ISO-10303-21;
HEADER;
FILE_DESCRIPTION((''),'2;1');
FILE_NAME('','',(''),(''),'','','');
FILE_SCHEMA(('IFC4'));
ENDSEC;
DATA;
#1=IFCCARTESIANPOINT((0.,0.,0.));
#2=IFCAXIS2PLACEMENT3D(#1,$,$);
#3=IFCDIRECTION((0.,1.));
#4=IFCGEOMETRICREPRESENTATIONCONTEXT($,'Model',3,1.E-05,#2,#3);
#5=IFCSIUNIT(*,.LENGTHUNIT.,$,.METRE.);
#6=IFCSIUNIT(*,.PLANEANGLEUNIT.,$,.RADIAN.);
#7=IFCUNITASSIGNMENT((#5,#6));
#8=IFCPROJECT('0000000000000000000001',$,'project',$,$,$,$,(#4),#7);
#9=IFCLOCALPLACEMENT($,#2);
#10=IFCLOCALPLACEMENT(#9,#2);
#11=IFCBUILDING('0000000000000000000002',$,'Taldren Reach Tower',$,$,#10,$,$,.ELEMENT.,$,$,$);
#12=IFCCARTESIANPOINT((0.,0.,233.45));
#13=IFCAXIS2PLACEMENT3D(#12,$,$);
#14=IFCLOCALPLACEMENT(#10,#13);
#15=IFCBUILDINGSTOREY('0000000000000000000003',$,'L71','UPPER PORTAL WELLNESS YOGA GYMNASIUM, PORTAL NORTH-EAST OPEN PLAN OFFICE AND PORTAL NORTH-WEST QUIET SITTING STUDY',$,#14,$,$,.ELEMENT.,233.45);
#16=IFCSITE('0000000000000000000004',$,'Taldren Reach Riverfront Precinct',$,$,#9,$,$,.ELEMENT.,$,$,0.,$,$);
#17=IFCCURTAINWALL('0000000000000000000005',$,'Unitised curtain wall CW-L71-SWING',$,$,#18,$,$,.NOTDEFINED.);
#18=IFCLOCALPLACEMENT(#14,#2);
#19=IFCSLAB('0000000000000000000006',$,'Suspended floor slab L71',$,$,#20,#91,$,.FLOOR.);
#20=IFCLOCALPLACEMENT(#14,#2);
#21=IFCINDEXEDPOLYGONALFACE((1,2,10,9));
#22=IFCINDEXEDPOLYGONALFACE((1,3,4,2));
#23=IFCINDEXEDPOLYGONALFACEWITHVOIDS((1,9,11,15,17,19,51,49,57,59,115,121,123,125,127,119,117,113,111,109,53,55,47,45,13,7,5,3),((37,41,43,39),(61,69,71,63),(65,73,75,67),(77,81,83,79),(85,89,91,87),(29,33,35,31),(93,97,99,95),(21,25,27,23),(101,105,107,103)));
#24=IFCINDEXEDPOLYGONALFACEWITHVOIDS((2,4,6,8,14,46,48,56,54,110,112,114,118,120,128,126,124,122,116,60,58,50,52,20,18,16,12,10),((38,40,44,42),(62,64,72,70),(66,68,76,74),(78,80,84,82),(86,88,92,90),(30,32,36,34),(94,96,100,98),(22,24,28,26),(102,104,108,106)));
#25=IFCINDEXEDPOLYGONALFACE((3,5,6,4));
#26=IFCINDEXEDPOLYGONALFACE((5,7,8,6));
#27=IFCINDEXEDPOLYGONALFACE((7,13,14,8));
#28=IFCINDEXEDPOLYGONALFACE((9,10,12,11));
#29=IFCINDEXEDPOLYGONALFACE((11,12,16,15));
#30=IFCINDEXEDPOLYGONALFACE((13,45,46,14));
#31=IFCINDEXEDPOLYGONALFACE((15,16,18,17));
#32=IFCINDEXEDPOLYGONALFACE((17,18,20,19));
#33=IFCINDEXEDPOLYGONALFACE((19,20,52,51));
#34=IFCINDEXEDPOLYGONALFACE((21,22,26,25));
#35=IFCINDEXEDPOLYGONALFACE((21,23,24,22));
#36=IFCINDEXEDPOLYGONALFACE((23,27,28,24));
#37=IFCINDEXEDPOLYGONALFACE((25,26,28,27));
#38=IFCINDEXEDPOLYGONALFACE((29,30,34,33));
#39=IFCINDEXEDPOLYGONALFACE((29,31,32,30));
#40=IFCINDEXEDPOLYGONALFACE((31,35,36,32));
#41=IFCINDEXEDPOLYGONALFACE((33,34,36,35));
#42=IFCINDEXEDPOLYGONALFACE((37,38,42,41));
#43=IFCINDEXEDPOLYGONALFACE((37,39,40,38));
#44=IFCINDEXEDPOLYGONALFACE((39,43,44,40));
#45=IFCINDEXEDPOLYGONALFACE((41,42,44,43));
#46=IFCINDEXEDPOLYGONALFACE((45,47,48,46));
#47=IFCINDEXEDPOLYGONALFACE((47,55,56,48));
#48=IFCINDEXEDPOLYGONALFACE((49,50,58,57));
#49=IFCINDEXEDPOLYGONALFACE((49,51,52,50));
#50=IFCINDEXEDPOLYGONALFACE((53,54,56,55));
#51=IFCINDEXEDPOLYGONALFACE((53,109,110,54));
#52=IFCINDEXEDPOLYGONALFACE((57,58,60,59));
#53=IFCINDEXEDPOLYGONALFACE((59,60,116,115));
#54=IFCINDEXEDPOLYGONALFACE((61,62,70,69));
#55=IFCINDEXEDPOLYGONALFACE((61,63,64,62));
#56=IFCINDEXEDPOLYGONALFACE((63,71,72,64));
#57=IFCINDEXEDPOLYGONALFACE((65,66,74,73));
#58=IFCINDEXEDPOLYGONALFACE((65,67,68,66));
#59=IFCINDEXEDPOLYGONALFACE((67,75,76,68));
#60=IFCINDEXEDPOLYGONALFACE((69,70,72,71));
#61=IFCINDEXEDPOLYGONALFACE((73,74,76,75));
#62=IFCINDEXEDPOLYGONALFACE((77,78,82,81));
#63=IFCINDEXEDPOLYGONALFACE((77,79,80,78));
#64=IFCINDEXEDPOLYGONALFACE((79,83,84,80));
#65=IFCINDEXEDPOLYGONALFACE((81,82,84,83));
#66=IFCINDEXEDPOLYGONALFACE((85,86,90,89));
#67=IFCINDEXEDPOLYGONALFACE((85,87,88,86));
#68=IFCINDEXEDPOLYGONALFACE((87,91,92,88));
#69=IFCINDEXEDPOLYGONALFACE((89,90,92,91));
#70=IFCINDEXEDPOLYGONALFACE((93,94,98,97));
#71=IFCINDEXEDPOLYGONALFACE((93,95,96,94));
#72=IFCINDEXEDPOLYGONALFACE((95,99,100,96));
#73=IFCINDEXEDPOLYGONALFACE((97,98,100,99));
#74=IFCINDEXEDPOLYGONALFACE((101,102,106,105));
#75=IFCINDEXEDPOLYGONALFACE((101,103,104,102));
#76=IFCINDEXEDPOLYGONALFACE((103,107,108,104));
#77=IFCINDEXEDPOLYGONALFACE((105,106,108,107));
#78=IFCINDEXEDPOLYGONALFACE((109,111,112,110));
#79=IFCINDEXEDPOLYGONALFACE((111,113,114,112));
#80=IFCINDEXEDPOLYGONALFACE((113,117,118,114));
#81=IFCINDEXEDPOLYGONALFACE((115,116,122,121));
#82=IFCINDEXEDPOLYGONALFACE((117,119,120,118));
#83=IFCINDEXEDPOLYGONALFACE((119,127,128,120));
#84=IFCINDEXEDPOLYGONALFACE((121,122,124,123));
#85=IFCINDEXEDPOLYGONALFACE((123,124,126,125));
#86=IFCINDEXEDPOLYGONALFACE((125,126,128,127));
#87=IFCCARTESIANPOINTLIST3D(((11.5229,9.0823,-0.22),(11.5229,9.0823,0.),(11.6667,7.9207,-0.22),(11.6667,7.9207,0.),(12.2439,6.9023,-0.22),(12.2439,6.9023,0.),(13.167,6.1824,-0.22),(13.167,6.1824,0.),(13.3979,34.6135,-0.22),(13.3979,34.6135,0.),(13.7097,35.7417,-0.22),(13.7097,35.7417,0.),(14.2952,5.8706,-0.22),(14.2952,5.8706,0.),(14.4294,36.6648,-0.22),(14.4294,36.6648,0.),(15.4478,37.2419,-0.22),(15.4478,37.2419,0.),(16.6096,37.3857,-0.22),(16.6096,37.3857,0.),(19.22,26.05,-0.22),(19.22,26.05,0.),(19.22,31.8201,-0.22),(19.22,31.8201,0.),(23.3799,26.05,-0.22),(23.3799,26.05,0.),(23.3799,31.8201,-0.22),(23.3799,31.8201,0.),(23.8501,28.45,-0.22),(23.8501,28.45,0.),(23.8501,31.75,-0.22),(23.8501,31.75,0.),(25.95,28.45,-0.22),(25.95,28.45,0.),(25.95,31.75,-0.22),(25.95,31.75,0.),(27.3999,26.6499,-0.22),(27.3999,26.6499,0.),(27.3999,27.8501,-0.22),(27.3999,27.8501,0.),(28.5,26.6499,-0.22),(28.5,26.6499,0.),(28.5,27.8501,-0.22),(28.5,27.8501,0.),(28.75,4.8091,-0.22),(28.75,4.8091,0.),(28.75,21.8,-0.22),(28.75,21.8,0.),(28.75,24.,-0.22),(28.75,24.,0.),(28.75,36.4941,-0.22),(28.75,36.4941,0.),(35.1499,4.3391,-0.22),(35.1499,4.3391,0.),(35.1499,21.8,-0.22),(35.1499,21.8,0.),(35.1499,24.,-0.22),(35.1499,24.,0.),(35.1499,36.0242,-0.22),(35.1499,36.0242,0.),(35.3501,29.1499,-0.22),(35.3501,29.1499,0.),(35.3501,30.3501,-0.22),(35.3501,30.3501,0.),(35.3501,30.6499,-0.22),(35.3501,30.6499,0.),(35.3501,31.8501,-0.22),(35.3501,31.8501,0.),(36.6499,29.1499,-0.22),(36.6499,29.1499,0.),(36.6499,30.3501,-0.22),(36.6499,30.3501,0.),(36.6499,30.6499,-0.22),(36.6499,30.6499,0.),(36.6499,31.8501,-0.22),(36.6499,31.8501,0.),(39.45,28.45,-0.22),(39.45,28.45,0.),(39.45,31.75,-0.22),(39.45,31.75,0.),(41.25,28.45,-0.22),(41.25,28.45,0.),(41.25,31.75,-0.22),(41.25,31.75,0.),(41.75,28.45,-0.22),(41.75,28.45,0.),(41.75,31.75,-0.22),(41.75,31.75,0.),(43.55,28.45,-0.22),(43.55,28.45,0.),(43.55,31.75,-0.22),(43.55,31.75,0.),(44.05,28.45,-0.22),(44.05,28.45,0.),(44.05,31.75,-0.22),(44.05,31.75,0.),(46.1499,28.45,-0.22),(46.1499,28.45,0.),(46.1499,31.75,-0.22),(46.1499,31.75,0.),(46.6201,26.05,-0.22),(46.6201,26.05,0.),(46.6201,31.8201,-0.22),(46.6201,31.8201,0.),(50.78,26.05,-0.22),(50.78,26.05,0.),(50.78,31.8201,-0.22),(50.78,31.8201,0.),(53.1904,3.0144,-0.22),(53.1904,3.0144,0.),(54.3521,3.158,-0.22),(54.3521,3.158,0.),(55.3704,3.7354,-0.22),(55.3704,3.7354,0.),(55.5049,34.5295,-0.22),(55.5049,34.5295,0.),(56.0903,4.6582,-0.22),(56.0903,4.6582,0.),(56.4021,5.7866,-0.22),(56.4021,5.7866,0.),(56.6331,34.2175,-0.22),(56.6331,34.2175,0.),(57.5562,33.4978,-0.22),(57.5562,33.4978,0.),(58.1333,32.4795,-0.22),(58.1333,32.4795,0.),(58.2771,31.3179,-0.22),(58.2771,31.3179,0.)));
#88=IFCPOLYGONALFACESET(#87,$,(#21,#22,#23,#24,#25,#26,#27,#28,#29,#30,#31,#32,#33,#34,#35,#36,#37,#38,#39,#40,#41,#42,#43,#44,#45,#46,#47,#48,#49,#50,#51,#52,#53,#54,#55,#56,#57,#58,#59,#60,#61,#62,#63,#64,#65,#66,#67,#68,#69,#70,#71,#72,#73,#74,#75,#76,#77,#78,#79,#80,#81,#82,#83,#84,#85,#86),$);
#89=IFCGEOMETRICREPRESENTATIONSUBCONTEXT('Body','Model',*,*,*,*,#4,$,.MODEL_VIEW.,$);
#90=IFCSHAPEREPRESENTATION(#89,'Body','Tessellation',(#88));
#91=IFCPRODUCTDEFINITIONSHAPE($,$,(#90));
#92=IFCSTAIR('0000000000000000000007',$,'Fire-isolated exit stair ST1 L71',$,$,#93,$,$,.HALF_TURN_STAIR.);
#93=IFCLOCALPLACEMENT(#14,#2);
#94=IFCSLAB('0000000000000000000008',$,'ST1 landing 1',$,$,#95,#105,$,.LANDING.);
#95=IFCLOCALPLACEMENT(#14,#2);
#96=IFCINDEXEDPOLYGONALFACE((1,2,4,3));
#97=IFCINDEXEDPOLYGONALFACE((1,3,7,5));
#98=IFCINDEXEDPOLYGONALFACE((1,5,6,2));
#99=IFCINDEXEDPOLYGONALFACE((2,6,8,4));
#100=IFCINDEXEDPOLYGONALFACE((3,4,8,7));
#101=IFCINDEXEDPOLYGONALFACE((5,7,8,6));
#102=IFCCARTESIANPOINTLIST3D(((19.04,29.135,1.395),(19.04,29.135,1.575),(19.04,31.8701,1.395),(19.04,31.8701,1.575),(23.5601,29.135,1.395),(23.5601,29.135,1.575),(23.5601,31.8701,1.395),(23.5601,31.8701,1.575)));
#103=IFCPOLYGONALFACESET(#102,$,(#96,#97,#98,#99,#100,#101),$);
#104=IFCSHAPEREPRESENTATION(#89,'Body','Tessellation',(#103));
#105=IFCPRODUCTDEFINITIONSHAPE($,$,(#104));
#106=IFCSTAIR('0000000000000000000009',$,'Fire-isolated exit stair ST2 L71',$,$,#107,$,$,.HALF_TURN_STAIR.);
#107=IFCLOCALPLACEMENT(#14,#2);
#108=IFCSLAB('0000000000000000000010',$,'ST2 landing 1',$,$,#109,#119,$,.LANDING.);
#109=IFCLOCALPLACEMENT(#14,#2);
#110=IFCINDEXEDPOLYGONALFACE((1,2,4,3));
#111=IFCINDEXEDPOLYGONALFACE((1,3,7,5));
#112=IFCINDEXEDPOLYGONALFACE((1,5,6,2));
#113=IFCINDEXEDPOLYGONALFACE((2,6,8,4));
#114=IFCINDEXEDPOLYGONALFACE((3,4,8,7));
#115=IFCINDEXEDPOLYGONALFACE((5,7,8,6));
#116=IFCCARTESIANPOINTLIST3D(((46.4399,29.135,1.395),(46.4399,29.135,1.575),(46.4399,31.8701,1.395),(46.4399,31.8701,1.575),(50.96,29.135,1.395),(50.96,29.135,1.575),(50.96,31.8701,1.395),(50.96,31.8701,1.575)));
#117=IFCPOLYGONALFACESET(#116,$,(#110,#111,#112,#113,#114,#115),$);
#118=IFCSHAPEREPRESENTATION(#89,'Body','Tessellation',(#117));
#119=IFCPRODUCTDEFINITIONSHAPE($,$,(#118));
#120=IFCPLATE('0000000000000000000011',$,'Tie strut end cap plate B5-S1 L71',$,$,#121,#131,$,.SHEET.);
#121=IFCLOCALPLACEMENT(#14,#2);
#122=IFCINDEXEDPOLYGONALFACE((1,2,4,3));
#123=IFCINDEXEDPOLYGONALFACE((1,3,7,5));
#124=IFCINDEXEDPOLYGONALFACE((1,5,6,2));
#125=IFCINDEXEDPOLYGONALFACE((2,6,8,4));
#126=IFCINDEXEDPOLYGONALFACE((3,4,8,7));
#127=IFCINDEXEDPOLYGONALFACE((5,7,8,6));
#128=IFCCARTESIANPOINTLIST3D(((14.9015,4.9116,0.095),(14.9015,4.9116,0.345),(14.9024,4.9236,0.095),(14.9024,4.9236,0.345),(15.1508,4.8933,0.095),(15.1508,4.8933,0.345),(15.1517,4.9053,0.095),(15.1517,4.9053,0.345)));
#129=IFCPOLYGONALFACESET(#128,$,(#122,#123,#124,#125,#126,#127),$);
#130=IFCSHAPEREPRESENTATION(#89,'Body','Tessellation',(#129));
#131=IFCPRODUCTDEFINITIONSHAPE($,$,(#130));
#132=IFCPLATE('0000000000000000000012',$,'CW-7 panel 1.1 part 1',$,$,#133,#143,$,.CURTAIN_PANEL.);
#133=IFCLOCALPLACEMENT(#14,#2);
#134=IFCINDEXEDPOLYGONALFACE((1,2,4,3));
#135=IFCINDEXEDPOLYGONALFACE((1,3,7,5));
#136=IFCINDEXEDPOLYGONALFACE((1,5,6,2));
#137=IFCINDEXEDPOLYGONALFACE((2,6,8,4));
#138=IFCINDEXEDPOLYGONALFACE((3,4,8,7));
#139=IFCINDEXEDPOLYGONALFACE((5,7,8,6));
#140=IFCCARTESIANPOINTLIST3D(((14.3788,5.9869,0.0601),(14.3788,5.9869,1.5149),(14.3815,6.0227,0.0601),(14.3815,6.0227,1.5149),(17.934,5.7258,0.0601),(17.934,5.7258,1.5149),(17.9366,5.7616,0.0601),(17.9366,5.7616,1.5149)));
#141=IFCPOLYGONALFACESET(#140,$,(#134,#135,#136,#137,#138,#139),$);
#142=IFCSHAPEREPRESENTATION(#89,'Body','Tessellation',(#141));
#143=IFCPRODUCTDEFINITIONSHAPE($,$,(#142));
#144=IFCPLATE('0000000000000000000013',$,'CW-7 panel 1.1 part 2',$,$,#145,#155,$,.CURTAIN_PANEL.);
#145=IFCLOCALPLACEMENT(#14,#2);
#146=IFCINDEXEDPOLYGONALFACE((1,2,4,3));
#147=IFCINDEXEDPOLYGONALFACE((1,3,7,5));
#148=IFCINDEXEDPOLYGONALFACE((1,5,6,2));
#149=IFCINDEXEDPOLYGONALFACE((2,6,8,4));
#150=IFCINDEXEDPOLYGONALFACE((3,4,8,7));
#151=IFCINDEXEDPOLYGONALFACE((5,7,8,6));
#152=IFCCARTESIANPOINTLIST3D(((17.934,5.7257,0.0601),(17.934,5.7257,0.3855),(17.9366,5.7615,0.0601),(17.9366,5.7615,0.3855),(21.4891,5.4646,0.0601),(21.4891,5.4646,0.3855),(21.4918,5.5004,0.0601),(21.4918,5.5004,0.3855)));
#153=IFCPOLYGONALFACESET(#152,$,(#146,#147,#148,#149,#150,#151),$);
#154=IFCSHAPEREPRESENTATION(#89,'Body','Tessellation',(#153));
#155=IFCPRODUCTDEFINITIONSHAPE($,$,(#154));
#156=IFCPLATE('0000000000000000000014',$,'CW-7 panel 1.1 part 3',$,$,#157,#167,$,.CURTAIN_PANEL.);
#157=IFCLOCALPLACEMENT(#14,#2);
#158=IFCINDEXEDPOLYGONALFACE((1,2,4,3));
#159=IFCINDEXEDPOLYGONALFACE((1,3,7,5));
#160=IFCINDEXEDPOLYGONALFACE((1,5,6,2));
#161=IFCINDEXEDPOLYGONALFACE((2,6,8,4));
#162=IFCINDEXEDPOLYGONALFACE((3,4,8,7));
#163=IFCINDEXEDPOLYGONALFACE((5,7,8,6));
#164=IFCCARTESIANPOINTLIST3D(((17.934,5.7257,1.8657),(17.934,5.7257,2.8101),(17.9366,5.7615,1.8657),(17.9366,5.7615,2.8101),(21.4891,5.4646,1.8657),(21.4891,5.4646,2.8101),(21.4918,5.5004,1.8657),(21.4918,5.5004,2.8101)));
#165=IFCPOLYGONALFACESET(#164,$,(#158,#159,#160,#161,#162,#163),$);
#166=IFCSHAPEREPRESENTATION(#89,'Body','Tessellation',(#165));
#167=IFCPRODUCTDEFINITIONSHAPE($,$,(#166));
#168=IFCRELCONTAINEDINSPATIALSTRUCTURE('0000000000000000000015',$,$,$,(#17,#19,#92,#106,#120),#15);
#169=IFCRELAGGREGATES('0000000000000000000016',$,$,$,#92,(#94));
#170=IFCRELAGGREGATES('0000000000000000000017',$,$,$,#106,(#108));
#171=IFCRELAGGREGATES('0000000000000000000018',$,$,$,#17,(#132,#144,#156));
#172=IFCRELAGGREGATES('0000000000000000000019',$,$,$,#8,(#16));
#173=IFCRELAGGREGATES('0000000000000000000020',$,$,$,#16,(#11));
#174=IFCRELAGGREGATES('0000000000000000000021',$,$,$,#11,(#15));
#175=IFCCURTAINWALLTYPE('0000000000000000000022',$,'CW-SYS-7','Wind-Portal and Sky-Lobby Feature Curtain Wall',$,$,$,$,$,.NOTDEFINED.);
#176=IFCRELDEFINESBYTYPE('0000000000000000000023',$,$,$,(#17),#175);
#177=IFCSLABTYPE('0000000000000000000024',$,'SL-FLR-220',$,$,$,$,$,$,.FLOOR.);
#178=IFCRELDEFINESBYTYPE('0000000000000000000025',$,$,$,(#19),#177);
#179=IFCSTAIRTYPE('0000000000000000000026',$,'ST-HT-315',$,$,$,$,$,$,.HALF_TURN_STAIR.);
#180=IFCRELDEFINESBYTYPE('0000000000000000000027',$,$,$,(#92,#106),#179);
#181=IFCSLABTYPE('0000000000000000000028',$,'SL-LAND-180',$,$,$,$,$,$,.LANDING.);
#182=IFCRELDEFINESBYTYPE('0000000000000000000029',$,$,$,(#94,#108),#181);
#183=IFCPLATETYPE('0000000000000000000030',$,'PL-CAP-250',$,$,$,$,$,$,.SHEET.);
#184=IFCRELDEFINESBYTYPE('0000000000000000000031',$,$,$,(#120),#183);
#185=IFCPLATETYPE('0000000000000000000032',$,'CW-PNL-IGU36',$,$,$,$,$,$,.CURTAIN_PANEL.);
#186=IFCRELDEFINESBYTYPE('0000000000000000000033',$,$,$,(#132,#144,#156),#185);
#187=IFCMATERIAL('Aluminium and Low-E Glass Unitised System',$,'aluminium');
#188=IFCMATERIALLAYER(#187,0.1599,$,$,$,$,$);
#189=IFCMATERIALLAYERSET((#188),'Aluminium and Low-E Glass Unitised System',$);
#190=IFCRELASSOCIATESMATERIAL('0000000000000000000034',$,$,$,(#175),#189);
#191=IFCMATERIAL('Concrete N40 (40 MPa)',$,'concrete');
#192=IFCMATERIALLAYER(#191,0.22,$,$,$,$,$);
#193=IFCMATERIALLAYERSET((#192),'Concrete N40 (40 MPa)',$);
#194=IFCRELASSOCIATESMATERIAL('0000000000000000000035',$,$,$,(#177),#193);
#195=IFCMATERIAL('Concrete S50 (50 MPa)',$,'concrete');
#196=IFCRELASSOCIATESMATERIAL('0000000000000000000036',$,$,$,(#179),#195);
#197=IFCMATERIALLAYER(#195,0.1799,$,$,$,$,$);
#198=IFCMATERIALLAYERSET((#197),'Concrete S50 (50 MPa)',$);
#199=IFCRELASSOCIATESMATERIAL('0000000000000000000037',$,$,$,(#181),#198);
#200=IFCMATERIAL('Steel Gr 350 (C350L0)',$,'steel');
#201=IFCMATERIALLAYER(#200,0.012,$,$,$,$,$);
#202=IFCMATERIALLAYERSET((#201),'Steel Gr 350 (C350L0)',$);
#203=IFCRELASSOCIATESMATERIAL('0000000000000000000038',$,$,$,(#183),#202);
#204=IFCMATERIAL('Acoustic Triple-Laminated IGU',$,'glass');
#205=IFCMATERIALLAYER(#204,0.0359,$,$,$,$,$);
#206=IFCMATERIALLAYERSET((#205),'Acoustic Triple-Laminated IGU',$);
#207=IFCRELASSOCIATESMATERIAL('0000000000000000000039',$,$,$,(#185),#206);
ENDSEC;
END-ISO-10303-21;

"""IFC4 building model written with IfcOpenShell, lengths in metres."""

from ifc_helpers import new_model, si_unit, direction, frame, origin, origin_2d, place, context, subcontext, project, spatial, polyline, rectangle, outline, extrude, source, transform, mapped, material, layer, layer_set, type_object, element, aggregate, save


model = new_model("IFC4")

# Units and contexts
model_context = context("Model", 3, precision=1e-05, world=origin(), true_north=direction((0.0, 1.0)))
body_context = subcontext(model_context, "Body", "Model", "MODEL_VIEW")
ifc_project = project(units=[si_unit("LENGTHUNIT", "METRE"), si_unit("PLANEANGLEUNIT", "RADIAN")], contexts=[model_context])

# Site, building, storey
site_placement = place(None, origin())
site = spatial("IfcSite", under=ifc_project, at=site_placement, Name="Taldren Reach Riverfront Precinct", CompositionType="ELEMENT", RefElevation=0.0)
building_placement = place(site_placement, origin())
building = spatial("IfcBuilding", under=site, at=building_placement, Name="Taldren Reach Tower", CompositionType="ELEMENT")
storey_placement = place(building_placement, frame((0.0, 0.0, 233.45)))
storey = spatial("IfcBuildingStorey", under=building, at=storey_placement, Name="L71", Description="UPPER PORTAL WELLNESS YOGA GYMNASIUM, PORTAL NORTH-EAST OPEN PLAN OFFICE AND PORTAL NORTH-WEST QUIET SITTING STUDY", CompositionType="ELEMENT", Elevation=233.45)

# Shared definitions
ifc_material_1 = material(Name="Steel Gr 350 (C350L0)", Category="steel")

# Curtain wall
ifc_material_2 = material(Name="Aluminium and Low-E Glass Unitised System", Category="aluminium")
ifc_layer_1 = layer(ifc_material_2, 0.1599)
ifc_layer_set_1 = layer_set([ifc_layer_1], Name="Aluminium and Low-E Glass Unitised System")
curtain_wall_type = type_object("IfcCurtainWallType", Name="CW-SYS-7", Description="Wind-Portal and Sky-Lobby Feature Curtain Wall", PredefinedType="NOTDEFINED", material=ifc_layer_set_1)
curtain_wall_1_placement = place(storey_placement, origin())
curtain_wall_1 = element("IfcCurtainWall", 1, at=curtain_wall_1_placement, inside=storey, type_object=curtain_wall_type, Name="Unitised curtain wall CW-L71-SWING", PredefinedType="NOTDEFINED")

# Slab
ifc_material_3 = material(Name="Concrete N40 (40 MPa)", Category="concrete")
ifc_layer_2 = layer(ifc_material_3, 0.22)
ifc_layer_set_2 = layer_set([ifc_layer_2], Name="Concrete N40 (40 MPa)")
slab_type_1 = type_object("IfcSlabType", Name="SL-FLR-220", PredefinedType="FLOOR", material=ifc_layer_set_2)
slab_1_placement = place(storey_placement, frame((0.0, 0.0, -0.22)))
element("IfcSlab", 2, at=slab_1_placement, inside=storey, type_object=slab_type_1, Name="Suspended floor slab L71", PredefinedType="FLOOR", context=body_context, shape_type="SweptSolid", body=[
    extrude(outline(polyline([(55.5049, 34.5295), (56.6331, 34.2175), (57.5562, 33.4978), (58.1333, 32.4795), (58.2771, 31.3179), (56.4021, 5.7866), (56.0903, 4.6582), (55.3704, 3.7354), (54.3521, 3.158), (53.1904, 3.0144), (35.1499, 4.3391), (35.1499, 21.8), (28.75, 21.8), (28.75, 4.8091), (14.2952, 5.8706), (13.167, 6.1824), (12.2439, 6.9023), (11.6667, 7.9207), (11.5229, 9.0823), (13.3979, 34.6135), (13.7097, 35.7417), (14.4294, 36.6648), (15.4478, 37.2419), (16.6096, 37.3857), (28.75, 36.4941), (28.75, 24.0), (35.1499, 24.0), (35.1499, 36.0242), (55.5049, 34.5295)]), holes=[polyline([(19.22, 26.05), (23.3799, 26.05), (23.3799, 31.8201), (19.22, 31.8201), (19.22, 26.05)]), polyline([(46.6201, 26.05), (50.78, 26.05), (50.78, 31.8201), (46.6201, 31.8201), (46.6201, 26.05)]), polyline([(23.8501, 28.45), (25.95, 28.45), (25.95, 31.75), (23.8501, 31.75), (23.8501, 28.45)]), polyline([(44.05, 28.45), (46.1499, 28.45), (46.1499, 31.75), (44.05, 31.75), (44.05, 28.45)]), polyline([(39.45, 28.45), (41.25, 28.45), (41.25, 31.75), (39.45, 31.75), (39.45, 28.45)]), polyline([(41.75, 28.45), (43.55, 28.45), (43.55, 31.75), (41.75, 31.75), (41.75, 28.45)]), polyline([(35.3501, 30.6499), (36.6499, 30.6499), (36.6499, 31.8501), (35.3501, 31.8501), (35.3501, 30.6499)]), polyline([(35.3501, 29.1499), (36.6499, 29.1499), (36.6499, 30.3501), (35.3501, 30.3501), (35.3501, 29.1499)]), polyline([(27.3999, 26.6499), (28.5, 26.6499), (28.5, 27.8501), (27.3999, 27.8501), (27.3999, 26.6499)])]), origin(), (0.0, 0.0, 1.0), 0.22),
])

# Stairs, slabs
ifc_material_4 = material(Name="Concrete S50 (50 MPa)", Category="concrete")
stair_type = type_object("IfcStairType", Name="ST-HT-315", PredefinedType="HALF_TURN_STAIR", material=ifc_material_4)
stair_1_placement = place(storey_placement, origin())
stair_1 = element("IfcStair", 3, at=stair_1_placement, inside=storey, type_object=stair_type, Name="Fire-isolated exit stair ST1 L71", PredefinedType="HALF_TURN_STAIR")
ifc_layer_3 = layer(ifc_material_4, 0.1799)
ifc_layer_set_3 = layer_set([ifc_layer_3], Name="Concrete S50 (50 MPa)")
slab_type_2 = type_object("IfcSlabType", Name="SL-LAND-180", PredefinedType="LANDING", material=ifc_layer_set_3)
slab_2_placement = place(storey_placement, frame((0.0, 0.0, 1.395)))
slab_2 = element("IfcSlab", 4, at=slab_2_placement, type_object=slab_type_2, Name="ST1 landing 1", PredefinedType="LANDING", context=body_context, shape_type="SweptSolid", body=[
    extrude(outline(polyline([(19.04, 29.135), (23.5601, 29.135), (23.5601, 31.8701), (19.04, 31.8701), (19.04, 29.135)])), origin(), (0.0, 0.0, 1.0), 0.1799),
])
aggregate(stair_1, [slab_2])
stair_2_placement = place(storey_placement, origin())
stair_2 = element("IfcStair", 5, at=stair_2_placement, inside=storey, type_object=stair_type, Name="Fire-isolated exit stair ST2 L71", PredefinedType="HALF_TURN_STAIR")
slab_3_placement = place(storey_placement, frame((0.0, 0.0, 1.395)))
slab_3 = element("IfcSlab", 6, at=slab_3_placement, type_object=slab_type_2, Name="ST2 landing 1", PredefinedType="LANDING", context=body_context, shape_type="SweptSolid", body=[
    extrude(outline(polyline([(46.4399, 29.135), (50.96, 29.135), (50.96, 31.8701), (46.4399, 31.8701), (46.4399, 29.135)])), origin(), (0.0, 0.0, 1.0), 0.1799),
])
aggregate(stair_2, [slab_3])

# Plates
ifc_layer_4 = layer(ifc_material_1, 0.012)
ifc_layer_set_4 = layer_set([ifc_layer_4], Name="Steel Gr 350 (C350L0)")
plate_type_1 = type_object("IfcPlateType", Name="PL-CAP-250", PredefinedType="SHEET", material=ifc_layer_set_4)
shared_shape_1 = source(origin(), body_context, "Body", "SweptSolid", [
    extrude(rectangle(XDim=0.25, YDim=0.012, at=origin_2d()), origin(), (0.0, 0.0, 1.0), 0.25),
])
plate_1_placement = place(storey_placement, frame((15.0266, 4.9084, 0.095), z_axis=(0.0, 0.0, 1.0), x_axis=(0.997314, -0.073238, 0.0)))
element("IfcPlate", 7, at=plate_1_placement, inside=storey, type_object=plate_type_1, Name="Tie strut end cap plate B5-S1 L71", PredefinedType="SHEET", context=body_context, shape_type="MappedRepresentation", body=[
    mapped(shared_shape_1, transform((0.0, 0.0, 0.0), scale=1.0)),
])
ifc_material_5 = material(Name="Acoustic Triple-Laminated IGU", Category="glass")
ifc_layer_5 = layer(ifc_material_5, 0.0359)
ifc_layer_set_5 = layer_set([ifc_layer_5], Name="Acoustic Triple-Laminated IGU")
plate_type_2 = type_object("IfcPlateType", Name="CW-PNL-IGU36", PredefinedType="CURTAIN_PANEL", material=ifc_layer_set_5)
shared_shape_2 = source(origin(), body_context, "Body", "SweptSolid", [
    extrude(rectangle(XDim=3.5647, YDim=0.0359, at=origin_2d()), origin(), (0.0, 0.0, 1.0), 1.4548),
])
plate_2_placement = place(storey_placement, frame((16.1577, 5.8743, 0.0601), z_axis=(0.0, 0.0, 1.0), x_axis=(0.997314, -0.073238, 0.0)))
plate_2 = element("IfcPlate", 8, at=plate_2_placement, type_object=plate_type_2, Name="CW-7 panel 1.1 part 1", PredefinedType="CURTAIN_PANEL", context=body_context, shape_type="MappedRepresentation", body=[
    mapped(shared_shape_2, transform((0.0, 0.0, 0.0), scale=1.0)),
])
shared_shape_3 = source(origin(), body_context, "Body", "SweptSolid", [
    extrude(rectangle(XDim=3.5647, YDim=0.0359, at=origin_2d()), origin(), (0.0, 0.0, 1.0), 0.3254),
])
plate_3_placement = place(storey_placement, frame((19.7129, 5.613, 0.0601), z_axis=(0.0, 0.0, 1.0), x_axis=(0.997314, -0.073238, 0.0)))
plate_3 = element("IfcPlate", 9, at=plate_3_placement, type_object=plate_type_2, Name="CW-7 panel 1.1 part 2", PredefinedType="CURTAIN_PANEL", context=body_context, shape_type="MappedRepresentation", body=[
    mapped(shared_shape_3, transform((0.0, 0.0, 0.0), scale=1.0)),
])
shared_shape_4 = source(origin(), body_context, "Body", "SweptSolid", [
    extrude(rectangle(XDim=3.5647, YDim=0.0359, at=origin_2d()), origin(), (0.0, 0.0, 1.0), 0.9443),
])
plate_4_placement = place(storey_placement, frame((19.7129, 5.613, 1.8657), z_axis=(0.0, 0.0, 1.0), x_axis=(0.997314, -0.073238, 0.0)))
plate_4 = element("IfcPlate", 10, at=plate_4_placement, type_object=plate_type_2, Name="CW-7 panel 1.1 part 3", PredefinedType="CURTAIN_PANEL", context=body_context, shape_type="MappedRepresentation", body=[
    mapped(shared_shape_4, transform((0.0, 0.0, 0.0), scale=1.0)),
])
aggregate(curtain_wall_1, [plate_2, plate_3, plate_4])

save(model, "model.ifc")
